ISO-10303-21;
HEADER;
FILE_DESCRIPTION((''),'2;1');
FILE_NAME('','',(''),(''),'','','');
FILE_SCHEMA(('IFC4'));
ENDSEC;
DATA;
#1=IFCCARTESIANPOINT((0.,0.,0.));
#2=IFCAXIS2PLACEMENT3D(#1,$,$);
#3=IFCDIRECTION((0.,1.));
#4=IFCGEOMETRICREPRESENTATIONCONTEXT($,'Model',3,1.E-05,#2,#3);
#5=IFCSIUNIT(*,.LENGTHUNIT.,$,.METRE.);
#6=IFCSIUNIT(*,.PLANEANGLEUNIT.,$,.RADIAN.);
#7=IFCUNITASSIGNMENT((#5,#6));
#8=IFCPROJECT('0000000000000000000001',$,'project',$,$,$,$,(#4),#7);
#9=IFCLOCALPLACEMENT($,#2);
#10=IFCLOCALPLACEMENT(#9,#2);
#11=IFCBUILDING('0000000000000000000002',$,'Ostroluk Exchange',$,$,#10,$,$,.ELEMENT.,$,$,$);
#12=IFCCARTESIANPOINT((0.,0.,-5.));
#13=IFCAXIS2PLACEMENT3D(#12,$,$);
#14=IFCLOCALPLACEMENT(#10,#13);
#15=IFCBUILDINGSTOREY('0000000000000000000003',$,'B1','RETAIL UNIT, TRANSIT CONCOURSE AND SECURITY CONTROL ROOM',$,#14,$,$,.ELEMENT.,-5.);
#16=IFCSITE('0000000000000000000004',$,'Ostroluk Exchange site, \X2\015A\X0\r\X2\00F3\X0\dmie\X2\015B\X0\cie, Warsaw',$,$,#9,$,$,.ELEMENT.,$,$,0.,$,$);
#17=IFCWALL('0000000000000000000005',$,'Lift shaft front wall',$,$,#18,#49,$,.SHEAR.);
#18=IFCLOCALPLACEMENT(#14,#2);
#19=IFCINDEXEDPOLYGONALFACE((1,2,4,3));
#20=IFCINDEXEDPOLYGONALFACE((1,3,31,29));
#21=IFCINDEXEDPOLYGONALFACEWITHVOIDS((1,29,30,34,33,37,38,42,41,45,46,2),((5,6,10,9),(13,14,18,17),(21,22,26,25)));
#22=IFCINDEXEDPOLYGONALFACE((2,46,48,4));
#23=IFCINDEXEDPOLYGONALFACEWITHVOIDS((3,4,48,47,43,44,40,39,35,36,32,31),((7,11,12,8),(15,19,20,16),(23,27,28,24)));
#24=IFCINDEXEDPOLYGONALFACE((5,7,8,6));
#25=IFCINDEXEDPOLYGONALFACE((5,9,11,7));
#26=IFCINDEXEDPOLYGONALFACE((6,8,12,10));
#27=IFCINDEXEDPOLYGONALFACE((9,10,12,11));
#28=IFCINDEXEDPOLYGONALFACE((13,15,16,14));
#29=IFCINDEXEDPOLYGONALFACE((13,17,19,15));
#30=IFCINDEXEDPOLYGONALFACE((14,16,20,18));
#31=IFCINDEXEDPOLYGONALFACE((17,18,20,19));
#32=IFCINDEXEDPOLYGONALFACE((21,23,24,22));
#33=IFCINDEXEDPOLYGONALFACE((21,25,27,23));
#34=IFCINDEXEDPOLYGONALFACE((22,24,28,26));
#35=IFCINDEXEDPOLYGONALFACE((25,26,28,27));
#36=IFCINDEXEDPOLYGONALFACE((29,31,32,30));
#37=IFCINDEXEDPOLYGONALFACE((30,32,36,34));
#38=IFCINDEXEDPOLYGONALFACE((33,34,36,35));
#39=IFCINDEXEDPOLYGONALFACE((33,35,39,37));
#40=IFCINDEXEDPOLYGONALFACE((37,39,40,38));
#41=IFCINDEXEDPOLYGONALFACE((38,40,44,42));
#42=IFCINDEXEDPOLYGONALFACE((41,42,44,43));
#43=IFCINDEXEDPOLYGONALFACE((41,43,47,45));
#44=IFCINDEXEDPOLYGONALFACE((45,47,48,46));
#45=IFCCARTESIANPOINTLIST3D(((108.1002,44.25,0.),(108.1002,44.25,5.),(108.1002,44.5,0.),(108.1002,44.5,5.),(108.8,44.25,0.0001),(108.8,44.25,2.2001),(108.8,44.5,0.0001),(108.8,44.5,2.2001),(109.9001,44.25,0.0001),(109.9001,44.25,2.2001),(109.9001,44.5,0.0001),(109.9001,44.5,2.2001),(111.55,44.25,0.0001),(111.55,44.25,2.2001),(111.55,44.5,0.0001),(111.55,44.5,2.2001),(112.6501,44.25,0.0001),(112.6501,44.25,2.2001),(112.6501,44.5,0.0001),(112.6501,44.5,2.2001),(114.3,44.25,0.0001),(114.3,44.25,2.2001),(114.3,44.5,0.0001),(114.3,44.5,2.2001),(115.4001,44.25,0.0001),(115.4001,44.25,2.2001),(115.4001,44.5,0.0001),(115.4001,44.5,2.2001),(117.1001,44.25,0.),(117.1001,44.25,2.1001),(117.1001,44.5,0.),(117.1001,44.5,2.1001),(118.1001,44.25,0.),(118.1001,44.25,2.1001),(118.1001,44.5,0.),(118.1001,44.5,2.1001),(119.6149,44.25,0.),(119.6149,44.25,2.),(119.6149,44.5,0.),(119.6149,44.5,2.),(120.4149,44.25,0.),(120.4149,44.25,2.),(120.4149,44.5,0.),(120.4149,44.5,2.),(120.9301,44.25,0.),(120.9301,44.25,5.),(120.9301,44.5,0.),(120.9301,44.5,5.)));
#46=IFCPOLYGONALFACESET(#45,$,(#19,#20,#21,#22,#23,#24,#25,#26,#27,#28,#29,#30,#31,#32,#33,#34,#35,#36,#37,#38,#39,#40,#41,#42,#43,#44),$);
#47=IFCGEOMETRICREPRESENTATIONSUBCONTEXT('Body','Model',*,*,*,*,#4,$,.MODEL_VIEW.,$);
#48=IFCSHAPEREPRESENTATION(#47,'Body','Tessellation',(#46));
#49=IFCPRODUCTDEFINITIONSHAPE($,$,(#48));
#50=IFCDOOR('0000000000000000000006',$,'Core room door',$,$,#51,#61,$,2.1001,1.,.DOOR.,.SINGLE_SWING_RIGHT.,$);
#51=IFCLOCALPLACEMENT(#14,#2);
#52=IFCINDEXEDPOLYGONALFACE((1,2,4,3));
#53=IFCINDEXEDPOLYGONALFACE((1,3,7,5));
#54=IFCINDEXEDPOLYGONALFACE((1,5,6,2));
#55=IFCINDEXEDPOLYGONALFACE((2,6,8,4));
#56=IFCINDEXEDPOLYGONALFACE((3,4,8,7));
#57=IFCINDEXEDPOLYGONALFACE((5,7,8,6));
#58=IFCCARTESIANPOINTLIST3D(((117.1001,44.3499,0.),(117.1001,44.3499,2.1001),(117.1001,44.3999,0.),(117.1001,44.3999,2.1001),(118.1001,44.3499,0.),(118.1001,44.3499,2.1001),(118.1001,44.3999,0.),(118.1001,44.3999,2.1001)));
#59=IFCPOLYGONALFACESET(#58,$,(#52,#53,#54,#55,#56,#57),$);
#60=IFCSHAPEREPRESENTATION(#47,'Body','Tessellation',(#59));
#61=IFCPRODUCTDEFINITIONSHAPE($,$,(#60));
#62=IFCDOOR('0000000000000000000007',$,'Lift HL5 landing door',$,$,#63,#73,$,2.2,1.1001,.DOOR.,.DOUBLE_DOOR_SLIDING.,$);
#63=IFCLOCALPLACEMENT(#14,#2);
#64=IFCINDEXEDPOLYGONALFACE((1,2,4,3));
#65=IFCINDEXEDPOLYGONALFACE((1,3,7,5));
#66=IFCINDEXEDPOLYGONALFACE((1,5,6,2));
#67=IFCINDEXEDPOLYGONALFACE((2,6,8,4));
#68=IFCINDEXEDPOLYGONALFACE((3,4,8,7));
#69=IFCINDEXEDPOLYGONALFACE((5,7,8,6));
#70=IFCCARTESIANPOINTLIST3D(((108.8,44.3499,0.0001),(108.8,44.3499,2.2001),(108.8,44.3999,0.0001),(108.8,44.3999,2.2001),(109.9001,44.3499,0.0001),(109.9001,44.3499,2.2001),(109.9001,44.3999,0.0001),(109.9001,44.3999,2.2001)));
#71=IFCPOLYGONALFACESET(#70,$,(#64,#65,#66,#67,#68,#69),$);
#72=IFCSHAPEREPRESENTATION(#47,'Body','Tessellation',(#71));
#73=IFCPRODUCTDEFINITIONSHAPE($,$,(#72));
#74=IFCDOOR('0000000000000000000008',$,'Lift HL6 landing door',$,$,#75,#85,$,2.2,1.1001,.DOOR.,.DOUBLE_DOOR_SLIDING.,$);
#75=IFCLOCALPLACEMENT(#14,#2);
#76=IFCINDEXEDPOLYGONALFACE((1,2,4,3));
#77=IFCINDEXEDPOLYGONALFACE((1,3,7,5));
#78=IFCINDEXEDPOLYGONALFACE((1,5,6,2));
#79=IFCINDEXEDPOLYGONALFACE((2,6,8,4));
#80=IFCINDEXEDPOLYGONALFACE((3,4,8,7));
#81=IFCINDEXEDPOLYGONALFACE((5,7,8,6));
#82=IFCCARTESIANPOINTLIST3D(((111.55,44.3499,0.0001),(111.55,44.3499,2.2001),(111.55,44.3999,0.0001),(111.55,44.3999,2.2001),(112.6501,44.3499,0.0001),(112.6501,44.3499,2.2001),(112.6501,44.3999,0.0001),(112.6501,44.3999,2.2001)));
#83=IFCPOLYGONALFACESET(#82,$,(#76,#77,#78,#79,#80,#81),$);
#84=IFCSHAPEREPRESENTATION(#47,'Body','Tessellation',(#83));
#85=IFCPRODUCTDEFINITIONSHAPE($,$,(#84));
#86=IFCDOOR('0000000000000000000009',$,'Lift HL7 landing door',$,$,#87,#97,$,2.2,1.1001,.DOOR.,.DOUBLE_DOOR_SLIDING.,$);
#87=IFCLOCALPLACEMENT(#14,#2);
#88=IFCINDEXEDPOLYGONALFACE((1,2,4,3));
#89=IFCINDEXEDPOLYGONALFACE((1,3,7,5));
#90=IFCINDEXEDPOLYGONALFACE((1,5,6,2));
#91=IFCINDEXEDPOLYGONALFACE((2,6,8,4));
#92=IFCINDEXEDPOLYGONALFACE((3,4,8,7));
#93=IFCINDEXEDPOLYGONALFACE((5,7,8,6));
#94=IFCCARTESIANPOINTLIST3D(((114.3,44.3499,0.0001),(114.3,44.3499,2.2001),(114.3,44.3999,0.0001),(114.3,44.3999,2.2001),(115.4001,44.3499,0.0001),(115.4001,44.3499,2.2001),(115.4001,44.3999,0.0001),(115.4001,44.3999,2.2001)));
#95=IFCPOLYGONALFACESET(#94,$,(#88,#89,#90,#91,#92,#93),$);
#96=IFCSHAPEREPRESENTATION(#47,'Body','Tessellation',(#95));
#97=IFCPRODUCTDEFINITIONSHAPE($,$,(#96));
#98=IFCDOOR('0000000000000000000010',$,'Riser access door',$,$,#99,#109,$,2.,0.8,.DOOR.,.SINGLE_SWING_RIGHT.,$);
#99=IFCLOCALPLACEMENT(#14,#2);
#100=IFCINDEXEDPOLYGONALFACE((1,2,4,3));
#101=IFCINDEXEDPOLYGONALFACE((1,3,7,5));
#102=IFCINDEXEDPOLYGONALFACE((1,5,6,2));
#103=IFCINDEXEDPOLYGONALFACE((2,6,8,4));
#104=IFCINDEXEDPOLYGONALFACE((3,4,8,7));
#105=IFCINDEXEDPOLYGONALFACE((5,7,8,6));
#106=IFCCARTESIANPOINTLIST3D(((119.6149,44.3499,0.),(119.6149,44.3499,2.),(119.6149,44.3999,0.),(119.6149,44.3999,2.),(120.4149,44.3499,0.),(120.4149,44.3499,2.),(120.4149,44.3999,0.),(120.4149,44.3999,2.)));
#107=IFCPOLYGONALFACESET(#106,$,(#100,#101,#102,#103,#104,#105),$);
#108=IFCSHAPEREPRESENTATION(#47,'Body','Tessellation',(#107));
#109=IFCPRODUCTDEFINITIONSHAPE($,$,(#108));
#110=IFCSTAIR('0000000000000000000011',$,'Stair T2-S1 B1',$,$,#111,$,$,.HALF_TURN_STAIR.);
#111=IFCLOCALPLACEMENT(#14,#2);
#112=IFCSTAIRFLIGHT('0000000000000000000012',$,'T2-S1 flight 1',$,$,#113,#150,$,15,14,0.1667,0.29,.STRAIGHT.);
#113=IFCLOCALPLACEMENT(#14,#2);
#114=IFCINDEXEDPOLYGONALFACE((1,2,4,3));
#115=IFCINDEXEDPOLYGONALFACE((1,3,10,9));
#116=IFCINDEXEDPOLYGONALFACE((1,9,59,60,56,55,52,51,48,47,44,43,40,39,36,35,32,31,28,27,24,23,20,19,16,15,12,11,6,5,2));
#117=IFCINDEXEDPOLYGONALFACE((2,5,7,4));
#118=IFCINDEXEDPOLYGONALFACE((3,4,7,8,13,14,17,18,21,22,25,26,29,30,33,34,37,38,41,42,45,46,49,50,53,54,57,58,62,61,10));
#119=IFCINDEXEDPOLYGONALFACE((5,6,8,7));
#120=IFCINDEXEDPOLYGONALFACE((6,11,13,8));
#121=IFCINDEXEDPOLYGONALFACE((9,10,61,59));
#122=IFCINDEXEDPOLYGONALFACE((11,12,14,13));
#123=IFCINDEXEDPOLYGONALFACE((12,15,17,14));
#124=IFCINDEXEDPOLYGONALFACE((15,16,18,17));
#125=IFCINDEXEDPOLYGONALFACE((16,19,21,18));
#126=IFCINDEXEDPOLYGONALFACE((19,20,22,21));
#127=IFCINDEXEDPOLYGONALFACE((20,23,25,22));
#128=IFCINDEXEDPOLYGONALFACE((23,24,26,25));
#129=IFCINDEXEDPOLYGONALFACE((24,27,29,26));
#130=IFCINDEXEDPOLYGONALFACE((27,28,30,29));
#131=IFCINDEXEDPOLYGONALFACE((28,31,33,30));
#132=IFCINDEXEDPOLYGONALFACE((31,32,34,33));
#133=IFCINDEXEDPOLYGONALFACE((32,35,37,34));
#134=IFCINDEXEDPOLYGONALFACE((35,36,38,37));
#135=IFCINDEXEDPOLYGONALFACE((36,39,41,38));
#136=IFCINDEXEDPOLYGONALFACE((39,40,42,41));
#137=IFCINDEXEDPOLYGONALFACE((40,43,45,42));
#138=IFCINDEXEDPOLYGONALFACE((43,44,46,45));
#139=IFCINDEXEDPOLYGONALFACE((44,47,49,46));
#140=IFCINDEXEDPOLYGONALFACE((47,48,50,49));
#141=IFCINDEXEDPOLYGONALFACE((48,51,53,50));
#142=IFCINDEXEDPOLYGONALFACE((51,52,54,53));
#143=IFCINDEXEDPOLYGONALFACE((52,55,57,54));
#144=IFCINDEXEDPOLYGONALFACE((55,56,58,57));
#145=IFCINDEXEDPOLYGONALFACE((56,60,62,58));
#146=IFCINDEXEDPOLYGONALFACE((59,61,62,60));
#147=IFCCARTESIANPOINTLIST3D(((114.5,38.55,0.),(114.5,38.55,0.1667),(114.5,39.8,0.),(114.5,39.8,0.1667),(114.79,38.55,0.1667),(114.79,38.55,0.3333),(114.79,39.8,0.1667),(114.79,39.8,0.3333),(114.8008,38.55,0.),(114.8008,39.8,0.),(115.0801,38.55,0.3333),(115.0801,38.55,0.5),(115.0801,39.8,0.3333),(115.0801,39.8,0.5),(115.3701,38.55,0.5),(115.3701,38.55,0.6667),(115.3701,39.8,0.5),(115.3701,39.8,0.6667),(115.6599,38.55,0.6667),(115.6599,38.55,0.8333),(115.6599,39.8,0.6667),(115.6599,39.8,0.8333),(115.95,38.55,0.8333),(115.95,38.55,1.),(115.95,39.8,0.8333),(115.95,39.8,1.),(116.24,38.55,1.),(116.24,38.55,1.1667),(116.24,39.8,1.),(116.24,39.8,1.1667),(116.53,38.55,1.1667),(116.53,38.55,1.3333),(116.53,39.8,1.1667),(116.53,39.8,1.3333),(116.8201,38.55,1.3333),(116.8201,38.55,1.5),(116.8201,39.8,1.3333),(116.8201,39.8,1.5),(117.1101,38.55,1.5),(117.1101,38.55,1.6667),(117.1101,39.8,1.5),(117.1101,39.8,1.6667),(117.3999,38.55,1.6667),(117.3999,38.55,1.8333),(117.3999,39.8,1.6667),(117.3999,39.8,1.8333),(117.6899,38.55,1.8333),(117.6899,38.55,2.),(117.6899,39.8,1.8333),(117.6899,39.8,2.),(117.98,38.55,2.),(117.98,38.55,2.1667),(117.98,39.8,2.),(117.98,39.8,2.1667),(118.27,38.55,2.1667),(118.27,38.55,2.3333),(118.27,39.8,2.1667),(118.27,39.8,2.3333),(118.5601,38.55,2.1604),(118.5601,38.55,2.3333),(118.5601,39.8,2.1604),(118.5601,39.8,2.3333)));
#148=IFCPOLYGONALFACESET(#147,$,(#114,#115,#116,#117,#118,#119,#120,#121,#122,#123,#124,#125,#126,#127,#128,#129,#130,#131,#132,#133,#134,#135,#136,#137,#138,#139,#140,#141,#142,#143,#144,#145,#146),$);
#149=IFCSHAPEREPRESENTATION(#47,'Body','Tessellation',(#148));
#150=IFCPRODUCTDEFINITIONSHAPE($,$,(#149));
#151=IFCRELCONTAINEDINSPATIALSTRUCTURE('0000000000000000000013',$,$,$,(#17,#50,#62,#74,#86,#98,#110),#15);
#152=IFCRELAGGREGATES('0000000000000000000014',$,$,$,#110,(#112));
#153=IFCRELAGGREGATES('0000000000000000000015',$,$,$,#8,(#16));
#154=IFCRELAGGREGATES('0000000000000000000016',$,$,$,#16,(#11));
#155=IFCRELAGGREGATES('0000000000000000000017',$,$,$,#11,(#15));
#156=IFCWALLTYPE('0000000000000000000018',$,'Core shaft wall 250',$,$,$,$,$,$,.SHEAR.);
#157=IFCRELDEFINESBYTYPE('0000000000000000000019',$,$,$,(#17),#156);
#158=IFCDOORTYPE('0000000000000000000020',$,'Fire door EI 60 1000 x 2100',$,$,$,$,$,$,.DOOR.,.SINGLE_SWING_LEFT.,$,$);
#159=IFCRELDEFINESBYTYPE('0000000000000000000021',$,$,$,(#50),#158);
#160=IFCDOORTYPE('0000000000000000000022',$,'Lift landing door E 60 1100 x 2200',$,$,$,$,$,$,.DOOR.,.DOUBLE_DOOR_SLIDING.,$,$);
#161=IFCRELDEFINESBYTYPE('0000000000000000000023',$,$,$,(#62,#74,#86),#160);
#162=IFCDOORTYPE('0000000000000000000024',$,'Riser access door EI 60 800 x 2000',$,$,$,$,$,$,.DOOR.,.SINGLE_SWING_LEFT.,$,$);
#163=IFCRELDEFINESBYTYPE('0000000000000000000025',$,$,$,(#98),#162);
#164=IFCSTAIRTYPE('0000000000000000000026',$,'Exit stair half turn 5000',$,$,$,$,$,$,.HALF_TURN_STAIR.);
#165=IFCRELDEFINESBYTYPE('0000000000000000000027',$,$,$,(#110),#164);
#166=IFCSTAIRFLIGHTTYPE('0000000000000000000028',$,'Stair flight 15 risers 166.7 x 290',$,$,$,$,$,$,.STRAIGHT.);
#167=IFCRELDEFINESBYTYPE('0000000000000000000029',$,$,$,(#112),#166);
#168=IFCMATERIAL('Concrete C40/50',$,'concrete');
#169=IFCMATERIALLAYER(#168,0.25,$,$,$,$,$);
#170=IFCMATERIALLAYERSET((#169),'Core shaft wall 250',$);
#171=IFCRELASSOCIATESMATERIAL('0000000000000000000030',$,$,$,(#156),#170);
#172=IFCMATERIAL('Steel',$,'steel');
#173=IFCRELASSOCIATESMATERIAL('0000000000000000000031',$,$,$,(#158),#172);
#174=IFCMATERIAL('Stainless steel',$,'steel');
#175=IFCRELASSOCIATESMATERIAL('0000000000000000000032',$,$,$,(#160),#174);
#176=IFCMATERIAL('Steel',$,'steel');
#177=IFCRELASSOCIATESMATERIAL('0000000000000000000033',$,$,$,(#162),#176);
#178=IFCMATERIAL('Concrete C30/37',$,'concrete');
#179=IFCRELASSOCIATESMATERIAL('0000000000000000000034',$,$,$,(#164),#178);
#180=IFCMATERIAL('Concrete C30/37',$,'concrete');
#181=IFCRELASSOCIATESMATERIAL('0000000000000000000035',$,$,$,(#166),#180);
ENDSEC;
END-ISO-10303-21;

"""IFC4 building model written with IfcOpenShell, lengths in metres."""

from ifc_helpers import new_model, si_unit, direction, frame, frame_2d, origin, place, context, subcontext, project, spatial, polyline, rectangle, outline, extrude, material, layer, layer_set, type_object, element, fill, aggregate, save


model = new_model("IFC4")

# Units and contexts
model_context = context("Model", 3, precision=1e-05, world=origin(), true_north=direction((0.0, 1.0)))
body_context = subcontext(model_context, "Body", "Model", "MODEL_VIEW")
ifc_project = project(units=[si_unit("LENGTHUNIT", "METRE"), si_unit("PLANEANGLEUNIT", "RADIAN")], contexts=[model_context])

# Site, building, storey
site_placement = place(None, origin())
site = spatial("IfcSite", under=ifc_project, at=site_placement, Name="Ostroluk Exchange site, Śródmieście, Warsaw", CompositionType="ELEMENT", RefElevation=0.0)
building_placement = place(site_placement, origin())
building = spatial("IfcBuilding", under=site, at=building_placement, Name="Ostroluk Exchange", CompositionType="ELEMENT")
storey_placement = place(building_placement, frame((0.0, 0.0, -5.0)))
storey = spatial("IfcBuildingStorey", under=building, at=storey_placement, Name="B1", Description="RETAIL UNIT, TRANSIT CONCOURSE AND SECURITY CONTROL ROOM", CompositionType="ELEMENT", Elevation=-5.0)

# Shared definitions
ifc_material_1 = material(Name="Concrete C40/50", Category="concrete")
ifc_layer_1 = layer(ifc_material_1, 0.25)
ifc_layer_set_1 = layer_set([ifc_layer_1], Name="Core shaft wall 250")
wall_type_1 = type_object("IfcWallType", Name="Core shaft wall 250", PredefinedType="SHEAR", material=ifc_layer_set_1)

# Wall, openings, doors
wall_1_placement = place(storey_placement, frame((108.1001, 44.375, 0.0), z_axis=(0.0, 0.0, 1.0), x_axis=(1.0, 0.0, 0.0)))
wall_1 = element("IfcWall", 1, at=wall_1_placement, inside=storey, type_object=wall_type_1, Name="Lift shaft front wall", PredefinedType="SHEAR", context=body_context, shape_type="SweptSolid", body=[
    extrude(rectangle(XDim=12.8298, YDim=0.25, at=frame_2d((6.415, 0.0))), origin(), (0.0, 0.0, 1.0), 5.0),
])
opening_1_placement = place(wall_1_placement, frame((0.7, 0.0, 0.0)))
opening_1 = element("IfcOpeningElement", 2, at=opening_1_placement, cuts=wall_1, PredefinedType="OPENING", context=body_context, shape_type="SweptSolid", body=[
    extrude(rectangle(XDim=1.1001, YDim=2.2, at=frame_2d((0.55, 1.1001))), frame((0.0, 0.135, 0.0), z_axis=(0.0, -1.0, 0.0), x_axis=(1.0, 0.0, 0.0)), (0.0, 0.0, 1.0), 0.27),
])
opening_2_placement = place(wall_1_placement, frame((3.45, 0.0, 0.0)))
opening_2 = element("IfcOpeningElement", 3, at=opening_2_placement, cuts=wall_1, PredefinedType="OPENING", context=body_context, shape_type="SweptSolid", body=[
    extrude(rectangle(XDim=1.1001, YDim=2.2, at=frame_2d((0.55, 1.1001))), frame((0.0, 0.135, 0.0), z_axis=(0.0, -1.0, 0.0), x_axis=(1.0, 0.0, 0.0)), (0.0, 0.0, 1.0), 0.27),
])
opening_3_placement = place(wall_1_placement, frame((6.2, 0.0, 0.0)))
opening_3 = element("IfcOpeningElement", 4, at=opening_3_placement, cuts=wall_1, PredefinedType="OPENING", context=body_context, shape_type="SweptSolid", body=[
    extrude(rectangle(XDim=1.1001, YDim=2.2, at=frame_2d((0.55, 1.1001))), frame((0.0, 0.135, 0.0), z_axis=(0.0, -1.0, 0.0), x_axis=(1.0, 0.0, 0.0)), (0.0, 0.0, 1.0), 0.27),
])
opening_4_placement = place(wall_1_placement, frame((9.0, 0.0, 0.0)))
opening_4 = element("IfcOpeningElement", 5, at=opening_4_placement, cuts=wall_1, PredefinedType="OPENING", context=body_context, shape_type="SweptSolid", body=[
    extrude(rectangle(XDim=1.0, YDim=2.1001, at=frame_2d((0.5, 1.05))), frame((0.0, 0.135, 0.0), z_axis=(0.0, -1.0, 0.0), x_axis=(1.0, 0.0, 0.0)), (0.0, 0.0, 1.0), 0.27),
])
opening_5_placement = place(wall_1_placement, frame((11.5149, 0.0, 0.0)))
opening_5 = element("IfcOpeningElement", 6, at=opening_5_placement, cuts=wall_1, PredefinedType="OPENING", context=body_context, shape_type="SweptSolid", body=[
    extrude(rectangle(XDim=0.8, YDim=2.0, at=frame_2d((0.3999, 1.0))), frame((0.0, 0.135, 0.0), z_axis=(0.0, -1.0, 0.0), x_axis=(1.0, 0.0, 0.0)), (0.0, 0.0, 1.0), 0.27),
])
ifc_material_2 = material(Name="Steel", Category="steel")
door_type_1 = type_object("IfcDoorType", Name="Fire door EI 60 1000 x 2100", OperationType="SINGLE_SWING_LEFT", PredefinedType="DOOR", material=ifc_material_2)
door_1_placement = place(opening_4_placement, origin())
door_1 = element("IfcDoor", 7, at=door_1_placement, inside=storey, type_object=door_type_1, Name="Core room door", OperationType="SINGLE_SWING_RIGHT", OverallHeight=2.1001, OverallWidth=1.0, PredefinedType="DOOR", context=body_context, shape_type="SweptSolid", body=[
    extrude(rectangle(XDim=1.0, YDim=2.1001, at=frame_2d((0.5, 1.05))), frame((0.0, 0.0249, 0.0), z_axis=(0.0, -1.0, 0.0), x_axis=(1.0, 0.0, 0.0)), (0.0, 0.0, 1.0), 0.05),
])
fill(opening_4, door_1)
ifc_material_3 = material(Name="Stainless steel", Category="steel")
door_type_2 = type_object("IfcDoorType", Name="Lift landing door E 60 1100 x 2200", OperationType="DOUBLE_DOOR_SLIDING", PredefinedType="DOOR", material=ifc_material_3)
door_2_placement = place(opening_1_placement, origin())
door_2 = element("IfcDoor", 8, at=door_2_placement, inside=storey, type_object=door_type_2, Name="Lift HL5 landing door", OperationType="DOUBLE_DOOR_SLIDING", OverallHeight=2.2, OverallWidth=1.1001, PredefinedType="DOOR", context=body_context, shape_type="SweptSolid", body=[
    extrude(rectangle(XDim=1.1001, YDim=2.2, at=frame_2d((0.55, 1.1001))), frame((0.0, 0.0249, 0.0), z_axis=(0.0, -1.0, 0.0), x_axis=(1.0, 0.0, 0.0)), (0.0, 0.0, 1.0), 0.05),
])
fill(opening_1, door_2)
door_3_placement = place(opening_2_placement, origin())
door_3 = element("IfcDoor", 9, at=door_3_placement, inside=storey, type_object=door_type_2, Name="Lift HL6 landing door", OperationType="DOUBLE_DOOR_SLIDING", OverallHeight=2.2, OverallWidth=1.1001, PredefinedType="DOOR", context=body_context, shape_type="SweptSolid", body=[
    extrude(rectangle(XDim=1.1001, YDim=2.2, at=frame_2d((0.55, 1.1001))), frame((0.0, 0.0249, 0.0), z_axis=(0.0, -1.0, 0.0), x_axis=(1.0, 0.0, 0.0)), (0.0, 0.0, 1.0), 0.05),
])
fill(opening_2, door_3)
door_4_placement = place(opening_3_placement, origin())
door_4 = element("IfcDoor", 10, at=door_4_placement, inside=storey, type_object=door_type_2, Name="Lift HL7 landing door", OperationType="DOUBLE_DOOR_SLIDING", OverallHeight=2.2, OverallWidth=1.1001, PredefinedType="DOOR", context=body_context, shape_type="SweptSolid", body=[
    extrude(rectangle(XDim=1.1001, YDim=2.2, at=frame_2d((0.55, 1.1001))), frame((0.0, 0.0249, 0.0), z_axis=(0.0, -1.0, 0.0), x_axis=(1.0, 0.0, 0.0)), (0.0, 0.0, 1.0), 0.05),
])
fill(opening_3, door_4)
ifc_material_4 = material(Name="Steel", Category="steel")
door_type_3 = type_object("IfcDoorType", Name="Riser access door EI 60 800 x 2000", OperationType="SINGLE_SWING_LEFT", PredefinedType="DOOR", material=ifc_material_4)
door_5_placement = place(opening_5_placement, origin())
door_5 = element("IfcDoor", 11, at=door_5_placement, inside=storey, type_object=door_type_3, Name="Riser access door", OperationType="SINGLE_SWING_RIGHT", OverallHeight=2.0, OverallWidth=0.8, PredefinedType="DOOR", context=body_context, shape_type="SweptSolid", body=[
    extrude(rectangle(XDim=0.8, YDim=2.0, at=frame_2d((0.3999, 1.0))), frame((0.0, 0.0249, 0.0), z_axis=(0.0, -1.0, 0.0), x_axis=(1.0, 0.0, 0.0)), (0.0, 0.0, 1.0), 0.05),
])
fill(opening_5, door_5)

# Stair, stair flight
ifc_material_5 = material(Name="Concrete C30/37", Category="concrete")
stair_type = type_object("IfcStairType", Name="Exit stair half turn 5000", PredefinedType="HALF_TURN_STAIR", material=ifc_material_5)
stair_placement = place(storey_placement, origin())
stair = element("IfcStair", 12, at=stair_placement, inside=storey, type_object=stair_type, Name="Stair T2-S1 B1", PredefinedType="HALF_TURN_STAIR")
ifc_material_6 = material(Name="Concrete C30/37", Category="concrete")
stair_flight_type = type_object("IfcStairFlightType", Name="Stair flight 15 risers 166.7 x 290", PredefinedType="STRAIGHT", material=ifc_material_6)
stair_flight_1_placement = place(storey_placement, frame((114.5, 39.175, 0.0), z_axis=(0.0, 0.0, 1.0), x_axis=(1.0, 0.0, 0.0)))
stair_flight_1 = element("IfcStairFlight", 13, at=stair_flight_1_placement, type_object=stair_flight_type, Name="T2-S1 flight 1", NumberOfRisers=15, NumberOfTreads=14, PredefinedType="STRAIGHT", RiserHeight=0.1667, TreadLength=0.29, context=body_context, shape_type="SweptSolid", body=[
    extrude(outline(polyline([(0.0, 0.0), (0.0, 0.1667), (0.29, 0.1667), (0.29, 0.3333), (0.5801, 0.3333), (0.5801, 0.5), (0.8701, 0.5), (0.8701, 0.6667), (1.1599, 0.6667), (1.1599, 0.8333), (1.45, 0.8333), (1.45, 1.0), (1.74, 1.0), (1.74, 1.1667), (2.03, 1.1667), (2.03, 1.3333), (2.3201, 1.3333), (2.3201, 1.5), (2.6101, 1.5), (2.6101, 1.6667), (2.8999, 1.6667), (2.8999, 1.8333), (3.1899, 1.8333), (3.1899, 2.0), (3.48, 2.0), (3.48, 2.1667), (3.77, 2.1667), (3.77, 2.3333), (4.0601, 2.3333), (4.0601, 2.5), (4.0601, 2.1604), (0.3008, 0.0), (0.0, 0.0)])), frame((0.0, 0.625, 0.0), z_axis=(0.0, -1.0, 0.0), x_axis=(1.0, 0.0, 0.0)), (0.0, 0.0, 1.0), 1.25),
])
aggregate(stair, [stair_flight_1])

save(model, "model.ifc")
